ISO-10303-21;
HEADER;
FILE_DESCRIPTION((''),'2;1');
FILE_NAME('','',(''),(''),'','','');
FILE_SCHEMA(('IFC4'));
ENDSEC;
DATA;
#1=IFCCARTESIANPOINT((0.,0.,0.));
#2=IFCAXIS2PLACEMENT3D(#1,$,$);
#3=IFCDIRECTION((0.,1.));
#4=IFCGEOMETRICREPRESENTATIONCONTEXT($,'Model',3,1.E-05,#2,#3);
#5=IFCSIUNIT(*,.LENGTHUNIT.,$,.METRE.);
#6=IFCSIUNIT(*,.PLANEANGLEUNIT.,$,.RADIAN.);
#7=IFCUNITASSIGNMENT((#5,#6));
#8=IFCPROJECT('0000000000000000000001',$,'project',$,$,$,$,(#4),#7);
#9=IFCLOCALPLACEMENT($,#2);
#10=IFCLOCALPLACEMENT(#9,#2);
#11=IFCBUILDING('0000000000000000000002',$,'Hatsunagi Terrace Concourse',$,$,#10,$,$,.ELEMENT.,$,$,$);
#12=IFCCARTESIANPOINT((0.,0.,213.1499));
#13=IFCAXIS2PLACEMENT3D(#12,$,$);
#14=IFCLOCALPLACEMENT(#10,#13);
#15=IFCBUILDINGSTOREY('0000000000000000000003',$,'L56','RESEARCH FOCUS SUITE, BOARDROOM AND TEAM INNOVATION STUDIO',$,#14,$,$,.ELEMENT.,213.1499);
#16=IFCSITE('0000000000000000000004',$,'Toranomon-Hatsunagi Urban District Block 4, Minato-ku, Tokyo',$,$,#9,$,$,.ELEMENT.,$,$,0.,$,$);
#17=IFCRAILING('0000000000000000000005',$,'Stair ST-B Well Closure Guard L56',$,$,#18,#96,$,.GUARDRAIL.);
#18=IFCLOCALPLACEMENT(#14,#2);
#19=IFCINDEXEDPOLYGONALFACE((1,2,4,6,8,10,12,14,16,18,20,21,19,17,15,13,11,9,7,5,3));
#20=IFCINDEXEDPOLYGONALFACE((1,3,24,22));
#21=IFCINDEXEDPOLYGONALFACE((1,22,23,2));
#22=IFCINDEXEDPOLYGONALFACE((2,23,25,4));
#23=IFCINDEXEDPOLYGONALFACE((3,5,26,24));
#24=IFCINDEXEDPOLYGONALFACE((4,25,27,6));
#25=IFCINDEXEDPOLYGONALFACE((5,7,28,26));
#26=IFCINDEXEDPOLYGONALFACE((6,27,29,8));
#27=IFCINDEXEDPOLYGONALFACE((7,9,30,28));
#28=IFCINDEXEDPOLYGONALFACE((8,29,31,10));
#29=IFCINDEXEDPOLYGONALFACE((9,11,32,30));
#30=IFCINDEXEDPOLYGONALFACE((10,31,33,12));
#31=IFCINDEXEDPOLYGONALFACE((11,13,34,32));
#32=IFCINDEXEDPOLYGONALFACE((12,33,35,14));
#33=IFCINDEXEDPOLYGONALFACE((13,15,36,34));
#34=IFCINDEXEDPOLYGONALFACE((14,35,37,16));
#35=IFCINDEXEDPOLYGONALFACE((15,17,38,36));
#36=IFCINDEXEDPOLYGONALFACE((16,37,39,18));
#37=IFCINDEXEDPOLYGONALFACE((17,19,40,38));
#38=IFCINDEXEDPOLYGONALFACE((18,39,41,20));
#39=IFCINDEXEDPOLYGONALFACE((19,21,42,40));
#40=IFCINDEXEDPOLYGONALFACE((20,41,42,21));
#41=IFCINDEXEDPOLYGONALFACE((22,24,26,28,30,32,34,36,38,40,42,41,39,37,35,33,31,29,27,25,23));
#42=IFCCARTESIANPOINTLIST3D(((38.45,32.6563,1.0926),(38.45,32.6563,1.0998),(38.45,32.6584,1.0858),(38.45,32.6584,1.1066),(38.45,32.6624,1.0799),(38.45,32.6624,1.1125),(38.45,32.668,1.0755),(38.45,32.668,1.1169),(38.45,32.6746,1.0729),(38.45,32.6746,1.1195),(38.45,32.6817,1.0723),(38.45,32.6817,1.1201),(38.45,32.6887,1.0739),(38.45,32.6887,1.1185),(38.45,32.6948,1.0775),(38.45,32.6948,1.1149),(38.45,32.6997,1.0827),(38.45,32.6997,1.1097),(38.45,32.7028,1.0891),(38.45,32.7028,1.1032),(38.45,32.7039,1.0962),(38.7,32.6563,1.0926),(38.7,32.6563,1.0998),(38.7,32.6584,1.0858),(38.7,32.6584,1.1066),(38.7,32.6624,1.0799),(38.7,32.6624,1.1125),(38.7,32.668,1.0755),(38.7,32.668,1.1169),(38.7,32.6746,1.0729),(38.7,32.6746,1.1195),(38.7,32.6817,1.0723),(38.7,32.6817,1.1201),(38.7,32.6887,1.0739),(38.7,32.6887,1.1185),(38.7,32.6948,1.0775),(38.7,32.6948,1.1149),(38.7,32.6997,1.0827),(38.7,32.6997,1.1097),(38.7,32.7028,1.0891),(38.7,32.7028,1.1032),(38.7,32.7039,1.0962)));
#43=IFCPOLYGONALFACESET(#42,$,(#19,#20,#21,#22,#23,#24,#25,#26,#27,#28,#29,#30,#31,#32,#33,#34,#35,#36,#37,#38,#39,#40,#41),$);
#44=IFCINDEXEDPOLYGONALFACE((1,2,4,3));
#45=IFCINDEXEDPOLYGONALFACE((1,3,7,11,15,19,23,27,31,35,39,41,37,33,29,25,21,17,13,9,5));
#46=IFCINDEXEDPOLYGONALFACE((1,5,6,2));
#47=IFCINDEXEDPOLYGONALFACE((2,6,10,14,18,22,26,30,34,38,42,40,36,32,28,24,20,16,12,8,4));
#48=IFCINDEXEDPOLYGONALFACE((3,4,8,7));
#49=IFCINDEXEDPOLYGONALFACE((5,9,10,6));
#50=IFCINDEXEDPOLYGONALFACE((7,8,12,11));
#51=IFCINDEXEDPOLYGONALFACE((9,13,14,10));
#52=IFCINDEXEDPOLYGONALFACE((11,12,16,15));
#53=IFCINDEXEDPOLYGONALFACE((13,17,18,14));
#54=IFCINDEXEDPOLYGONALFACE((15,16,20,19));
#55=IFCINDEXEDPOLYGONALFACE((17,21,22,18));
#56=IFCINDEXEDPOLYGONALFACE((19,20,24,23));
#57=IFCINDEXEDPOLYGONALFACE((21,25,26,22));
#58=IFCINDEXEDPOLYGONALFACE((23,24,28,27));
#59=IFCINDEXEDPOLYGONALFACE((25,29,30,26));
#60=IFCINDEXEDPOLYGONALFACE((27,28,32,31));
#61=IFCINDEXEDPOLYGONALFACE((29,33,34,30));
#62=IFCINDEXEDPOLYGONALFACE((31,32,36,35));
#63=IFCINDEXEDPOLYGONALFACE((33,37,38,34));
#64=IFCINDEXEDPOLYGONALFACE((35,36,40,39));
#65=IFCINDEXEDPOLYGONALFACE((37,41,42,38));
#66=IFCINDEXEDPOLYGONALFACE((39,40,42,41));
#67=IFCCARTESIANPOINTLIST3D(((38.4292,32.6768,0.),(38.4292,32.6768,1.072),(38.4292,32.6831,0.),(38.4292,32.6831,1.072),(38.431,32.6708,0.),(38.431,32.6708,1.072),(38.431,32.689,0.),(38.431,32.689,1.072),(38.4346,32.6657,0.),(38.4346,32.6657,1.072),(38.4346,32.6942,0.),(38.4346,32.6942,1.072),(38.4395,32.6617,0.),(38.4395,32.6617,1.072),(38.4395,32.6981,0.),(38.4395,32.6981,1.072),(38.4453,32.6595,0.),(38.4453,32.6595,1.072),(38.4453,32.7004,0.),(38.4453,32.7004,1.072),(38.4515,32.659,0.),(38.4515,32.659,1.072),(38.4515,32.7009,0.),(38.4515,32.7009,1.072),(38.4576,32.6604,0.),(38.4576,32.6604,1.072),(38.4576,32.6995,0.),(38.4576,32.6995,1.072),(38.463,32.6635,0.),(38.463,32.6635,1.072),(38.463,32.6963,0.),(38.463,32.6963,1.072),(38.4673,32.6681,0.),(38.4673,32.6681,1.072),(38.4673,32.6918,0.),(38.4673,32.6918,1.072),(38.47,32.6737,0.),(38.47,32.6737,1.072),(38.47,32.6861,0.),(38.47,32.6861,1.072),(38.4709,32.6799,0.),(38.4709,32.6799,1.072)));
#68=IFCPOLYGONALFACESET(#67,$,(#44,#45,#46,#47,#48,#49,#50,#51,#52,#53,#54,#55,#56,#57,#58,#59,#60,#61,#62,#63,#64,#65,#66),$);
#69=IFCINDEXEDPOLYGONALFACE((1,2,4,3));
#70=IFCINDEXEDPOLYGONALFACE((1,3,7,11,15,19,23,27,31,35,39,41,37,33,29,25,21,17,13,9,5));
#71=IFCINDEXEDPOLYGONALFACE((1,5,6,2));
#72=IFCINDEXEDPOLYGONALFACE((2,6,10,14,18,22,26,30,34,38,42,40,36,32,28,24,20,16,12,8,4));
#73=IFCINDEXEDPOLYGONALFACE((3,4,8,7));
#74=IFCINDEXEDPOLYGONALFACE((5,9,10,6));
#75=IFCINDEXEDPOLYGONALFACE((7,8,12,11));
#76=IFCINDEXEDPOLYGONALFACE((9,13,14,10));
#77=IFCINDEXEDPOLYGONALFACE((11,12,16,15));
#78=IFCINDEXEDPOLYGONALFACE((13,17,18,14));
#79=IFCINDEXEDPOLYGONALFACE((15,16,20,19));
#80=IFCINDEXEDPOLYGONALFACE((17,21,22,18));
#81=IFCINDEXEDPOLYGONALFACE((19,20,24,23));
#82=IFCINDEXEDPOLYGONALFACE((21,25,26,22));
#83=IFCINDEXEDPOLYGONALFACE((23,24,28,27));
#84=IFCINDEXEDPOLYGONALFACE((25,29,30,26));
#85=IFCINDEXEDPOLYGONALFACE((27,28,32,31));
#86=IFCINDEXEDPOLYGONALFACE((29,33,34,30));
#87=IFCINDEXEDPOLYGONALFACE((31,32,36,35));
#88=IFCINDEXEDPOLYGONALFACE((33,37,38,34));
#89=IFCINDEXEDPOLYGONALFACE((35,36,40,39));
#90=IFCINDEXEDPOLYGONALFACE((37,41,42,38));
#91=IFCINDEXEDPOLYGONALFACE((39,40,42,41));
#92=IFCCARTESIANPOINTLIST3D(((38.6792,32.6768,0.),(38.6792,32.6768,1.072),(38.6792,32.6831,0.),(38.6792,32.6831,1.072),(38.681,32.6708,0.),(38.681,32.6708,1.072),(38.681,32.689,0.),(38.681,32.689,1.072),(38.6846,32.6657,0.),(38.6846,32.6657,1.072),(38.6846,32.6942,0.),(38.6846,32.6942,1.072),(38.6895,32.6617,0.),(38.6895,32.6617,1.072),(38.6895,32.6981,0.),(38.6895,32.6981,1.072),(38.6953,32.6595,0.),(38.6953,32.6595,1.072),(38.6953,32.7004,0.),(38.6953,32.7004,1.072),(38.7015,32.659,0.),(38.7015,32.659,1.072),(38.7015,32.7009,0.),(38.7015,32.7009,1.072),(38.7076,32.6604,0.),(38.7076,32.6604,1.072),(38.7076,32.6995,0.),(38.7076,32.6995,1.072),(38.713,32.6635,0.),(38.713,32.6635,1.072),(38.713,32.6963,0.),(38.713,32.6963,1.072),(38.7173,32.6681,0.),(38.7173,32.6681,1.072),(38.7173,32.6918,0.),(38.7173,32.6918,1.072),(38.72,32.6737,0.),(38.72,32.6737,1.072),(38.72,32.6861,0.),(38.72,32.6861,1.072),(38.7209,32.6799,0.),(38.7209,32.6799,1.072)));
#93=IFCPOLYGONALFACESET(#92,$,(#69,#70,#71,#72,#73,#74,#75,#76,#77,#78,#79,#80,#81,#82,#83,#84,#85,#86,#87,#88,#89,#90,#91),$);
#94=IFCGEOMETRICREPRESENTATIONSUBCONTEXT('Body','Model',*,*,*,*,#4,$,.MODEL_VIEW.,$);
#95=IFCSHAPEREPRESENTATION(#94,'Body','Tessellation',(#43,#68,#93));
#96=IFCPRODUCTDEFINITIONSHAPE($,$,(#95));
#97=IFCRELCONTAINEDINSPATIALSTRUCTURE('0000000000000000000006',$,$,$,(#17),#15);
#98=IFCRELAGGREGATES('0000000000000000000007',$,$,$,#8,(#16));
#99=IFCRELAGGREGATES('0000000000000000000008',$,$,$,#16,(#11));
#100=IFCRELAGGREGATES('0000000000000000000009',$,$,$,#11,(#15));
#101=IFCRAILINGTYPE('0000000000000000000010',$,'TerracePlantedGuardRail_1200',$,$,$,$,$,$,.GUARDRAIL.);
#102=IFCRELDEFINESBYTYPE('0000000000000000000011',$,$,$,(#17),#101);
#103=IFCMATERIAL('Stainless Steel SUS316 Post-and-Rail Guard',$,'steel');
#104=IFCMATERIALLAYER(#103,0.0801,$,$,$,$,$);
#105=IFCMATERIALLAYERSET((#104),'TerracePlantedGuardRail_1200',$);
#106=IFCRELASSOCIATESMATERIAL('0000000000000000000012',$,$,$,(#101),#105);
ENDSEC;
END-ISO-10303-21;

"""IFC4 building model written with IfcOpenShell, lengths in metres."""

from ifc_helpers import new_model, si_unit, direction, frame, origin, origin_2d, place, context, subcontext, project, spatial, circle, extrude, material, layer, layer_set, type_object, element, save


model = new_model("IFC4")

# Units and contexts
model_context = context("Model", 3, precision=1e-05, world=origin(), true_north=direction((0.0, 1.0)))
body_context = subcontext(model_context, "Body", "Model", "MODEL_VIEW")
ifc_project = project(units=[si_unit("LENGTHUNIT", "METRE"), si_unit("PLANEANGLEUNIT", "RADIAN")], contexts=[model_context])

# Site, building, storey
site_placement = place(None, origin())
site = spatial("IfcSite", under=ifc_project, at=site_placement, Name="Toranomon-Hatsunagi Urban District Block 4, Minato-ku, Tokyo", CompositionType="ELEMENT", RefElevation=0.0)
building_placement = place(site_placement, origin())
building = spatial("IfcBuilding", under=site, at=building_placement, Name="Hatsunagi Terrace Concourse", CompositionType="ELEMENT")
storey_placement = place(building_placement, frame((0.0, 0.0, 213.1499)))
storey = spatial("IfcBuildingStorey", under=building, at=storey_placement, Name="L56", Description="RESEARCH FOCUS SUITE, BOARDROOM AND TEAM INNOVATION STUDIO", CompositionType="ELEMENT", Elevation=213.1499)

# Railing
ifc_material_1 = material(Name="Stainless Steel SUS316 Post-and-Rail Guard", Category="steel")
ifc_layer_1 = layer(ifc_material_1, 0.0801)
ifc_layer_set_1 = layer_set([ifc_layer_1], Name="TerracePlantedGuardRail_1200")
railing_type_1 = type_object("IfcRailingType", Name="TerracePlantedGuardRail_1200", PredefinedType="GUARDRAIL", material=ifc_layer_set_1)
railing_1_placement = place(storey_placement, frame((38.45, 32.6799, 0.0)))
element("IfcRailing", 1, at=railing_1_placement, inside=storey, type_object=railing_type_1, Name="Stair ST-B Well Closure Guard L56", PredefinedType="GUARDRAIL", context=body_context, shape_type="SweptSolid", body=[
    extrude(circle(Radius=0.0239, at=origin_2d()), frame((0.0, 0.0, 1.0962), z_axis=(1.0, 0.0, 0.0), x_axis=(0.0, 1.0, 0.0)), (0.0, 0.0, 1.0), 0.25),
    extrude(circle(Radius=0.021, at=origin_2d()), origin(), (0.0, 0.0, 1.0), 1.072),
    extrude(circle(Radius=0.021, at=origin_2d()), frame((0.25, 0.0, 0.0)), (0.0, 0.0, 1.0), 1.072),
])

save(model, "model.ifc")
